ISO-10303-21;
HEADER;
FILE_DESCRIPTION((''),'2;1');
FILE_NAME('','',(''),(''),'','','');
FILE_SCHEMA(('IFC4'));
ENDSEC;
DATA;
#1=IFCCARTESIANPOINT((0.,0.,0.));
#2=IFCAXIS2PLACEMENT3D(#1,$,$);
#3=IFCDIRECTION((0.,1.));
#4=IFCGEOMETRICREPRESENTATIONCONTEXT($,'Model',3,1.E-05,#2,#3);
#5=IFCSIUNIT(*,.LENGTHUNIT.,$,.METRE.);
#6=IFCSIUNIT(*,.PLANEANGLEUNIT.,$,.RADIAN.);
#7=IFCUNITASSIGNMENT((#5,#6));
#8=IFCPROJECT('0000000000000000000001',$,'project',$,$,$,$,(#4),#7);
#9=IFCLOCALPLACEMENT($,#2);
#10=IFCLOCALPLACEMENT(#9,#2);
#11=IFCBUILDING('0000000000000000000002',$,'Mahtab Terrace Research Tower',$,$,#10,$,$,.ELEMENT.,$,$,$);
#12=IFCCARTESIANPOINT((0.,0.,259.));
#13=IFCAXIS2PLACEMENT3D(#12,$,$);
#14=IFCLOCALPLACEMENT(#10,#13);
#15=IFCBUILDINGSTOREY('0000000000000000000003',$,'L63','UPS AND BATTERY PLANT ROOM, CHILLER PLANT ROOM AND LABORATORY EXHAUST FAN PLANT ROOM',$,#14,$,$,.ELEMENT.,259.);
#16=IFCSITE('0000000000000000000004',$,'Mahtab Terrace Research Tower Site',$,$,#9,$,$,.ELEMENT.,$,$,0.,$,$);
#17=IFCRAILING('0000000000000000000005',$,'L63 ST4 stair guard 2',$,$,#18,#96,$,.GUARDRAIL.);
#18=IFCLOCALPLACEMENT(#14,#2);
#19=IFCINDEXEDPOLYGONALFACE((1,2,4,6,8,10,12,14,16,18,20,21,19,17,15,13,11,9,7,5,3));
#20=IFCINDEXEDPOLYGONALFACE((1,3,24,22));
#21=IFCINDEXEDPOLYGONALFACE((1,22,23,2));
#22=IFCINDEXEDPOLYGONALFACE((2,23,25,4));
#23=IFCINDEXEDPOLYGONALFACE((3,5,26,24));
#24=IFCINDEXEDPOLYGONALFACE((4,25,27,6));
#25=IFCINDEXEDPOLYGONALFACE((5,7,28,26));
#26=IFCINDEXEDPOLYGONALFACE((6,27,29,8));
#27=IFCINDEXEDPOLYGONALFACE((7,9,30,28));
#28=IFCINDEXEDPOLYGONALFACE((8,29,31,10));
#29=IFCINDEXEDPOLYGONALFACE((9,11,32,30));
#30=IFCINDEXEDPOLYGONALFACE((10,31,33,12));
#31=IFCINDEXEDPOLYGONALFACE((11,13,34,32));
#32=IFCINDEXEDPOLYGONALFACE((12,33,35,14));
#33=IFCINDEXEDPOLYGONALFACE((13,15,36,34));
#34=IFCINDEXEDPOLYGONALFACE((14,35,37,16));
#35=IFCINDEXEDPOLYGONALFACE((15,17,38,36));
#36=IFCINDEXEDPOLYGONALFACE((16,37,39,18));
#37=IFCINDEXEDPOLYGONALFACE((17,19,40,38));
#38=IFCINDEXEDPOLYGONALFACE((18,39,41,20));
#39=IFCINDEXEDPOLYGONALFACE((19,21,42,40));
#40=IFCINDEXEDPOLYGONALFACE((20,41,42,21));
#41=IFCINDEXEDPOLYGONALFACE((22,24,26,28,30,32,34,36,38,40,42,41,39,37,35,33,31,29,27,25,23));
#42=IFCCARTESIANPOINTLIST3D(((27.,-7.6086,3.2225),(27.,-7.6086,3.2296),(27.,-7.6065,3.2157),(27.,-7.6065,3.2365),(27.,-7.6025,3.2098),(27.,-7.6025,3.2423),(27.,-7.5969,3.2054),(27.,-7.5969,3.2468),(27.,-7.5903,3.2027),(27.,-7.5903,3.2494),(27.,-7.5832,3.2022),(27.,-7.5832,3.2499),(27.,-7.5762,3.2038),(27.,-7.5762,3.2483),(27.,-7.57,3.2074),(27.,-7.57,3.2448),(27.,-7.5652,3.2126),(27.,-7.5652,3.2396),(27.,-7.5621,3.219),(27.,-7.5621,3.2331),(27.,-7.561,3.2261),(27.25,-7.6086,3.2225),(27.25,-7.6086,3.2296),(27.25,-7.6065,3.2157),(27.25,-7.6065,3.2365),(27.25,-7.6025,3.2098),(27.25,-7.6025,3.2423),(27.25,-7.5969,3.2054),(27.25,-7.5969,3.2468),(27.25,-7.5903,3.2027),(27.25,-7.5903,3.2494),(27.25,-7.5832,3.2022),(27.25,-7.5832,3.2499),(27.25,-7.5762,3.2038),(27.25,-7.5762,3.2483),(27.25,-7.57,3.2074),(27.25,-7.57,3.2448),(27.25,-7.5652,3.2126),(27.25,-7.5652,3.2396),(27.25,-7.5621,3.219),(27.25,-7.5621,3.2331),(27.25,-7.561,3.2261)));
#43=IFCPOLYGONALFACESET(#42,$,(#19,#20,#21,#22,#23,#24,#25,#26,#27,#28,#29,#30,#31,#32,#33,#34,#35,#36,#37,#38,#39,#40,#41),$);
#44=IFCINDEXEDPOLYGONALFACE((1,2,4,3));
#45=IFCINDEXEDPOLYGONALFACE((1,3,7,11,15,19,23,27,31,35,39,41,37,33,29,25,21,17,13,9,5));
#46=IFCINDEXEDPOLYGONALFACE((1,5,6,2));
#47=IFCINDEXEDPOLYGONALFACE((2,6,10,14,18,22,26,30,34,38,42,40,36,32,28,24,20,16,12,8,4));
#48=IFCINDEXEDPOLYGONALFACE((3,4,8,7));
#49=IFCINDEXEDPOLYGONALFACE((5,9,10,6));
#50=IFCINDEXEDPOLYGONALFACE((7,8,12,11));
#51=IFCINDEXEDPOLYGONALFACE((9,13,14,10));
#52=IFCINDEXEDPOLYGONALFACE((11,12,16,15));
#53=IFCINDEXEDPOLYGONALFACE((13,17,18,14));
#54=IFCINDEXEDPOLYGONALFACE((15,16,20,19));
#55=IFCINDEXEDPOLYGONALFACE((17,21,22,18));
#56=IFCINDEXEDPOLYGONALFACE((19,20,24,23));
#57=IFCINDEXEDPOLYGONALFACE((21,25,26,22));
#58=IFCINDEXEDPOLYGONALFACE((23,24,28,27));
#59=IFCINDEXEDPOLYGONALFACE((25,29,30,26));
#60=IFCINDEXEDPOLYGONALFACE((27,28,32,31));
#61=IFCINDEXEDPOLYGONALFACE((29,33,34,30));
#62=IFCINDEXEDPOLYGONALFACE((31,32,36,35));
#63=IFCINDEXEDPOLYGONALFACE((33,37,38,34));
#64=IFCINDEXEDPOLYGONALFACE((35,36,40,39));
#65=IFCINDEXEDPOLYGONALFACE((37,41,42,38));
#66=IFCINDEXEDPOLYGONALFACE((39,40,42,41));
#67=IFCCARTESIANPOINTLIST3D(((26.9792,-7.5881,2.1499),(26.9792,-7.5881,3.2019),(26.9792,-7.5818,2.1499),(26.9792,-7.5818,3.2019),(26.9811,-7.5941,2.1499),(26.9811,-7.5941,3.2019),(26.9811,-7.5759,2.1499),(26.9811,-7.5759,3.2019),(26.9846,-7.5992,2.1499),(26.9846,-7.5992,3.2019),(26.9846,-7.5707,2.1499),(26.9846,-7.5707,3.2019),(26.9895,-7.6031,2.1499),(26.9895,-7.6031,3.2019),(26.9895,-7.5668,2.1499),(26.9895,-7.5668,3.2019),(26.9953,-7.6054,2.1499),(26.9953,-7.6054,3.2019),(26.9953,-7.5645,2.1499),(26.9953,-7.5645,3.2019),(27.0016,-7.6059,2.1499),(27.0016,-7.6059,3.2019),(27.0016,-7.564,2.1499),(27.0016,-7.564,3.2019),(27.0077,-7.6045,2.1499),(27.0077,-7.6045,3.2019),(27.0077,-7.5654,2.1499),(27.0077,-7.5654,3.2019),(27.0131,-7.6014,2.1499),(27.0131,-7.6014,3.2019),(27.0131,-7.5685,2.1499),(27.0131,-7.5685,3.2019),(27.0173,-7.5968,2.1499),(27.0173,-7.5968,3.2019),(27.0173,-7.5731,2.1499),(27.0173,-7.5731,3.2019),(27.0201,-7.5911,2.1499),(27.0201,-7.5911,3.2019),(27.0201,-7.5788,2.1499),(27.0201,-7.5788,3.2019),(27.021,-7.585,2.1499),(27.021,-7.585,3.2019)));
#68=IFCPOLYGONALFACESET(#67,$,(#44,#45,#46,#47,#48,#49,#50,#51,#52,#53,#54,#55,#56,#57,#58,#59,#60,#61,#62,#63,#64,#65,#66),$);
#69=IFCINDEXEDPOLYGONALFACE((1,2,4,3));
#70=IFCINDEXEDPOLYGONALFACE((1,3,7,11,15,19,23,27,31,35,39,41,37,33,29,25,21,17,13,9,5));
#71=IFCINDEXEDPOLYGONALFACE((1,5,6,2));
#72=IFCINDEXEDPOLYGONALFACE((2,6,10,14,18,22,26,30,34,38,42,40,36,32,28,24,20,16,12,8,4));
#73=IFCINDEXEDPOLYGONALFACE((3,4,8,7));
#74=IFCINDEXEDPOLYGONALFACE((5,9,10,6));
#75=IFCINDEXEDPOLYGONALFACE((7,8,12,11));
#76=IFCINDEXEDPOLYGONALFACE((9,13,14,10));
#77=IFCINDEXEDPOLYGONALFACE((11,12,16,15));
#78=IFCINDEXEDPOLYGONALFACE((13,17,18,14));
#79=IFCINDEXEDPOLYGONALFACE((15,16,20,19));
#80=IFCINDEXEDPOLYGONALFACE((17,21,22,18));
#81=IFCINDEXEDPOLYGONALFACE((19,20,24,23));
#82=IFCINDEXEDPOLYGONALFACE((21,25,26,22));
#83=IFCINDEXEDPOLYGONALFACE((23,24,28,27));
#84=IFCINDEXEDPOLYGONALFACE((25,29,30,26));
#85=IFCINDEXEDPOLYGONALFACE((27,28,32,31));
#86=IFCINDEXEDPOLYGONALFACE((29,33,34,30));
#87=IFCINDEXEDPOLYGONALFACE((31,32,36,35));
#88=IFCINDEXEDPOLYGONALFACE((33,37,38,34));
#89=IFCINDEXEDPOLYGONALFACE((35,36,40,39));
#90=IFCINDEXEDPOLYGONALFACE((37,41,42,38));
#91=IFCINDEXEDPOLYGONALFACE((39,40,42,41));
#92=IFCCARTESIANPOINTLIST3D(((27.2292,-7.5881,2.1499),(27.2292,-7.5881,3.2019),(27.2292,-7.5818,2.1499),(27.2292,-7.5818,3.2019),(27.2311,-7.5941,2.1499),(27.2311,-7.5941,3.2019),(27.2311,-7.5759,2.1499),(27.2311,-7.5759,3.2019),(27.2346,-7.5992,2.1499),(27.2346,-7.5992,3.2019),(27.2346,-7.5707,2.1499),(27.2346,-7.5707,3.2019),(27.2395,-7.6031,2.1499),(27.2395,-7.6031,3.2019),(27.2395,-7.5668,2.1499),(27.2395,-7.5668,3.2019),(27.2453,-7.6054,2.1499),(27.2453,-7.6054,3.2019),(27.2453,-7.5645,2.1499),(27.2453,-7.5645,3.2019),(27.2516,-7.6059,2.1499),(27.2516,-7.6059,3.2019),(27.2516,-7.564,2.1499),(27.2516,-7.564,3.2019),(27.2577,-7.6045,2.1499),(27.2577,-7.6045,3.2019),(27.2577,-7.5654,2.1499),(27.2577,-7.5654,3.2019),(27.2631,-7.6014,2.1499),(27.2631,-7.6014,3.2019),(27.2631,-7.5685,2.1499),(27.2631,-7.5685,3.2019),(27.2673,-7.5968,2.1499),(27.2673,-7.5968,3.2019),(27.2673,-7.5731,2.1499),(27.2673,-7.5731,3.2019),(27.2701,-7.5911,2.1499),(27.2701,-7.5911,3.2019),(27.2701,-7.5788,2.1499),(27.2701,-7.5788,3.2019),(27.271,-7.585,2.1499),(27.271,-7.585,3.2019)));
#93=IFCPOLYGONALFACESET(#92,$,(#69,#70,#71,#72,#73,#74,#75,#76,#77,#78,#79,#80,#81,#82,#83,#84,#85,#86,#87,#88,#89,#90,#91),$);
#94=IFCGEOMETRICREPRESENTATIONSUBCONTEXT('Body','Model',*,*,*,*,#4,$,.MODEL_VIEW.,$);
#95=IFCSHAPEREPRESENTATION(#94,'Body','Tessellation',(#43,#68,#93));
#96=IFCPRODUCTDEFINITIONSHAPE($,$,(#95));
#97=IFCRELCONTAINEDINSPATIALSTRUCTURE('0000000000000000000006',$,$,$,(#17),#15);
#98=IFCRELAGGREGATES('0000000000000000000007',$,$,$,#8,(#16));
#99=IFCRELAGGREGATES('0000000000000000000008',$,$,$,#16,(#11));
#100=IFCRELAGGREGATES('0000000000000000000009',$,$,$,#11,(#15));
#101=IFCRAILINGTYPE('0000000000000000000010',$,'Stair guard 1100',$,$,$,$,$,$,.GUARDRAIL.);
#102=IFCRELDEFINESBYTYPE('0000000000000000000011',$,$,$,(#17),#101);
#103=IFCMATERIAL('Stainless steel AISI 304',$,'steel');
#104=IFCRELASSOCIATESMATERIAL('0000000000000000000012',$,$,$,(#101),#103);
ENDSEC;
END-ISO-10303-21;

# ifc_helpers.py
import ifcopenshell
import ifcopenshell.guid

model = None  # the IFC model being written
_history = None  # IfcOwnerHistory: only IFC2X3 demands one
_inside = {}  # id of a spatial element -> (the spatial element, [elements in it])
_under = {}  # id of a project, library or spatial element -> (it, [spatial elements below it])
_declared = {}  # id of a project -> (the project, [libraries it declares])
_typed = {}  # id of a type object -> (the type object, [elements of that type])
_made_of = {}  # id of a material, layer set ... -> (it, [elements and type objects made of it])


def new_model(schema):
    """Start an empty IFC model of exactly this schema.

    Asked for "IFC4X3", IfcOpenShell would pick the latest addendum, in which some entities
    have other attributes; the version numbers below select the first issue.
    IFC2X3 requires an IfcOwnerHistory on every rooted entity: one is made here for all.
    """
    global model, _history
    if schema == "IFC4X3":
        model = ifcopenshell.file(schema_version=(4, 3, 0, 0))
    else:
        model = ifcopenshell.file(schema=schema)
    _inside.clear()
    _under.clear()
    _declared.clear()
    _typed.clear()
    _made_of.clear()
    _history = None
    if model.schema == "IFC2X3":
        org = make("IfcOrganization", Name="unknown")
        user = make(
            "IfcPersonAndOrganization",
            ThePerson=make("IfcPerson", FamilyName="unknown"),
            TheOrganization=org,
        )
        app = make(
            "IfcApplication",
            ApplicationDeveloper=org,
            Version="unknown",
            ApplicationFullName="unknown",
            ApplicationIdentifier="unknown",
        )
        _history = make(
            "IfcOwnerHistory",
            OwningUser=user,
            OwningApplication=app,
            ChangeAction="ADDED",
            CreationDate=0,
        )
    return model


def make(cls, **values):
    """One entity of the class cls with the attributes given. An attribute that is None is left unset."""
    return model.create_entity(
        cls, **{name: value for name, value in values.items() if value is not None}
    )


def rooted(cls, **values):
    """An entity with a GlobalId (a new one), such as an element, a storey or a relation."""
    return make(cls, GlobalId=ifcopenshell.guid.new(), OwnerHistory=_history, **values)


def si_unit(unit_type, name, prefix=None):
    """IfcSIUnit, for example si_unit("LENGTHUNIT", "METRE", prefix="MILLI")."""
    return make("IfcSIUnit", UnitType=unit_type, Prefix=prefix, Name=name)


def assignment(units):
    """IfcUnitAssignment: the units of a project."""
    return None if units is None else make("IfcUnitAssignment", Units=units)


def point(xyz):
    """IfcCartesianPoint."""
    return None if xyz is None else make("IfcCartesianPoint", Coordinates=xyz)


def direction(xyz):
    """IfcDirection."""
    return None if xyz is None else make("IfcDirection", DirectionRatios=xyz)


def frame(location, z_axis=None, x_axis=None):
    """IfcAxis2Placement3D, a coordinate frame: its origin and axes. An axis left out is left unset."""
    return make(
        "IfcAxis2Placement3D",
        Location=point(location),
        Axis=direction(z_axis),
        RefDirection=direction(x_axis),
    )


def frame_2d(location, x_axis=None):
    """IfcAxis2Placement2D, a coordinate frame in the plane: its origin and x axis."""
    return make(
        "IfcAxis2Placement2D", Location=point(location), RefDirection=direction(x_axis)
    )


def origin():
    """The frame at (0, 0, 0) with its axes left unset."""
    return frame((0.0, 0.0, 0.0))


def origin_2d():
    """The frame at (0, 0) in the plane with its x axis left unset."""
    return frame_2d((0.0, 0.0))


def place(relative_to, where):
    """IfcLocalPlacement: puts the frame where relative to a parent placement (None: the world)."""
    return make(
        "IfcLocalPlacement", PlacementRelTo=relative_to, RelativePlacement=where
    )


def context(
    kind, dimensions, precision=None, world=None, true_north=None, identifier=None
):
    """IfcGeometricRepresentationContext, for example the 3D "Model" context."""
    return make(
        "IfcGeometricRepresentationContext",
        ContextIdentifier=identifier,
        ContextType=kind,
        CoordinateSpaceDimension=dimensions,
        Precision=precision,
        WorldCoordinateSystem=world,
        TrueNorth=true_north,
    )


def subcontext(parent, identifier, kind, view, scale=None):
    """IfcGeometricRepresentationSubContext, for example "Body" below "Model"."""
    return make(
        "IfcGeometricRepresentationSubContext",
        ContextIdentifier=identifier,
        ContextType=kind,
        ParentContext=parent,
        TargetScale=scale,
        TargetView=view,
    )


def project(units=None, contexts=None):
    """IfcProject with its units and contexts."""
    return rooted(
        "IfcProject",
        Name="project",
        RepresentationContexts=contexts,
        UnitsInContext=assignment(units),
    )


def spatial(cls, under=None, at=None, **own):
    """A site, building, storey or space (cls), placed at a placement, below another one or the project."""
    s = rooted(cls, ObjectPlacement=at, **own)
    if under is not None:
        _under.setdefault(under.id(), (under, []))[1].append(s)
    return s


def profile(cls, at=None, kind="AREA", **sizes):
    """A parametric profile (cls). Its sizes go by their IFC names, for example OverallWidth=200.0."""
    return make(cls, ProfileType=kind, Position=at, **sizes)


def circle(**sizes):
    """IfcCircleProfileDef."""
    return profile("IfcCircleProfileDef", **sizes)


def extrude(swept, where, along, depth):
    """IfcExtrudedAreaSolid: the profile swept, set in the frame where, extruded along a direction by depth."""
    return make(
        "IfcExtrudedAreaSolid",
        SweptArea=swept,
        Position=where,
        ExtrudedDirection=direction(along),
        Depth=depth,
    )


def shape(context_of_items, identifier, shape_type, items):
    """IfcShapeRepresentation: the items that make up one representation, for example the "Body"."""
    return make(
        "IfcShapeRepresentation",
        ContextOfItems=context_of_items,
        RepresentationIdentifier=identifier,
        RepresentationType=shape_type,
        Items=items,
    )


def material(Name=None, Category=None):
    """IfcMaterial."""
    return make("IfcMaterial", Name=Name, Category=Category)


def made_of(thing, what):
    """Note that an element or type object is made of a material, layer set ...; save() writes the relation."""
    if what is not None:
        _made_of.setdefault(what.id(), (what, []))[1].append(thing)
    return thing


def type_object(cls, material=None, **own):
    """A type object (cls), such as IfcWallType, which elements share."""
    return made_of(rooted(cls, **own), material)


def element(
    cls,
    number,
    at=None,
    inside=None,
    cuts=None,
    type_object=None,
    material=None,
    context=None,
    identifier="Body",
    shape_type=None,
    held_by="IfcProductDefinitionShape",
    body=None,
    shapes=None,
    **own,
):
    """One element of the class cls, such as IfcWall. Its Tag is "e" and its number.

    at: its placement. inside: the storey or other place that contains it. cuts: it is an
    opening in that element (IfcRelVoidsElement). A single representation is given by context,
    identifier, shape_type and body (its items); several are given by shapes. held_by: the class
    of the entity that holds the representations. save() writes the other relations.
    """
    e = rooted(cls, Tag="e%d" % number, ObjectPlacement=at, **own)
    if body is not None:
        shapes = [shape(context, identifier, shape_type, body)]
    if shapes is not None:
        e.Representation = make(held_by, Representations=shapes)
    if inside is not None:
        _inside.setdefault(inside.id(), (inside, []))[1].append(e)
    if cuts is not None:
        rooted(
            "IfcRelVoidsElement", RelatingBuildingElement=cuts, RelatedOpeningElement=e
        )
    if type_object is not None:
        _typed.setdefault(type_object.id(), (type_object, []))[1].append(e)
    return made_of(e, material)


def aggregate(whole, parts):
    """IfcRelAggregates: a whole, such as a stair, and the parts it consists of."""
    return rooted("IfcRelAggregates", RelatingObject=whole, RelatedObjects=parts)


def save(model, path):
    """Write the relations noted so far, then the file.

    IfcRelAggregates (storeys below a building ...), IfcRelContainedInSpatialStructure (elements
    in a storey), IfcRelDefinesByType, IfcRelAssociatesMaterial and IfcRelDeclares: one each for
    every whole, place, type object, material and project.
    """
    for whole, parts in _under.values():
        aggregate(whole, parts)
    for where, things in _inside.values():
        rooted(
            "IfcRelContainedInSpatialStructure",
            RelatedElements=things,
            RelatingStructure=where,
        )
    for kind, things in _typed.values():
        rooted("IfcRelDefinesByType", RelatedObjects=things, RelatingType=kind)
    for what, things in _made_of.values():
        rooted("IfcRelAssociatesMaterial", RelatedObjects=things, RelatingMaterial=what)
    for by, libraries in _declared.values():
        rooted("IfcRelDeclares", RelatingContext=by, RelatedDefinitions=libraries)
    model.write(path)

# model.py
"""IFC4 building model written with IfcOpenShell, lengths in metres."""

from ifc_helpers import new_model, si_unit, direction, frame, origin, origin_2d, place, context, subcontext, project, spatial, circle, extrude, material, type_object, element, save


model = new_model("IFC4")

# Units and contexts
model_context = context("Model", 3, precision=1e-05, world=origin(), true_north=direction((0.0, 1.0)))
body_context = subcontext(model_context, "Body", "Model", "MODEL_VIEW")
ifc_project = project(units=[si_unit("LENGTHUNIT", "METRE"), si_unit("PLANEANGLEUNIT", "RADIAN")], contexts=[model_context])

# Site, building, storey
site_placement = place(None, origin())
site = spatial("IfcSite", under=ifc_project, at=site_placement, Name="Mahtab Terrace Research Tower Site", CompositionType="ELEMENT", RefElevation=0.0)
building_placement = place(site_placement, origin())
building = spatial("IfcBuilding", under=site, at=building_placement, Name="Mahtab Terrace Research Tower", CompositionType="ELEMENT")
storey_placement = place(building_placement, frame((0.0, 0.0, 259.0)))
storey = spatial("IfcBuildingStorey", under=building, at=storey_placement, Name="L63", Description="UPS AND BATTERY PLANT ROOM, CHILLER PLANT ROOM AND LABORATORY EXHAUST FAN PLANT ROOM", CompositionType="ELEMENT", Elevation=259.0)

# Railing
ifc_material_1 = material(Name="Stainless steel AISI 304", Category="steel")
railing_type_1 = type_object("IfcRailingType", Name="Stair guard 1100", PredefinedType="GUARDRAIL", material=ifc_material_1)
railing_1_placement = place(storey_placement, frame((27.0, -7.585, 2.1499)))
element("IfcRailing", 1, at=railing_1_placement, inside=storey, type_object=railing_type_1, Name="L63 ST4 stair guard 2", PredefinedType="GUARDRAIL", context=body_context, shape_type="SweptSolid", body=[
    extrude(circle(Radius=0.0239, at=origin_2d()), frame((0.0, 0.0, 1.0762), z_axis=(1.0, 0.0, 0.0), x_axis=(0.0, 1.0, 0.0)), (0.0, 0.0, 1.0), 0.25),
    extrude(circle(Radius=0.021, at=origin_2d()), origin(), (0.0, 0.0, 1.0), 1.052),
    extrude(circle(Radius=0.021, at=origin_2d()), frame((0.25, 0.0, 0.0)), (0.0, 0.0, 1.0), 1.052),
])

save(model, "model.ifc")
